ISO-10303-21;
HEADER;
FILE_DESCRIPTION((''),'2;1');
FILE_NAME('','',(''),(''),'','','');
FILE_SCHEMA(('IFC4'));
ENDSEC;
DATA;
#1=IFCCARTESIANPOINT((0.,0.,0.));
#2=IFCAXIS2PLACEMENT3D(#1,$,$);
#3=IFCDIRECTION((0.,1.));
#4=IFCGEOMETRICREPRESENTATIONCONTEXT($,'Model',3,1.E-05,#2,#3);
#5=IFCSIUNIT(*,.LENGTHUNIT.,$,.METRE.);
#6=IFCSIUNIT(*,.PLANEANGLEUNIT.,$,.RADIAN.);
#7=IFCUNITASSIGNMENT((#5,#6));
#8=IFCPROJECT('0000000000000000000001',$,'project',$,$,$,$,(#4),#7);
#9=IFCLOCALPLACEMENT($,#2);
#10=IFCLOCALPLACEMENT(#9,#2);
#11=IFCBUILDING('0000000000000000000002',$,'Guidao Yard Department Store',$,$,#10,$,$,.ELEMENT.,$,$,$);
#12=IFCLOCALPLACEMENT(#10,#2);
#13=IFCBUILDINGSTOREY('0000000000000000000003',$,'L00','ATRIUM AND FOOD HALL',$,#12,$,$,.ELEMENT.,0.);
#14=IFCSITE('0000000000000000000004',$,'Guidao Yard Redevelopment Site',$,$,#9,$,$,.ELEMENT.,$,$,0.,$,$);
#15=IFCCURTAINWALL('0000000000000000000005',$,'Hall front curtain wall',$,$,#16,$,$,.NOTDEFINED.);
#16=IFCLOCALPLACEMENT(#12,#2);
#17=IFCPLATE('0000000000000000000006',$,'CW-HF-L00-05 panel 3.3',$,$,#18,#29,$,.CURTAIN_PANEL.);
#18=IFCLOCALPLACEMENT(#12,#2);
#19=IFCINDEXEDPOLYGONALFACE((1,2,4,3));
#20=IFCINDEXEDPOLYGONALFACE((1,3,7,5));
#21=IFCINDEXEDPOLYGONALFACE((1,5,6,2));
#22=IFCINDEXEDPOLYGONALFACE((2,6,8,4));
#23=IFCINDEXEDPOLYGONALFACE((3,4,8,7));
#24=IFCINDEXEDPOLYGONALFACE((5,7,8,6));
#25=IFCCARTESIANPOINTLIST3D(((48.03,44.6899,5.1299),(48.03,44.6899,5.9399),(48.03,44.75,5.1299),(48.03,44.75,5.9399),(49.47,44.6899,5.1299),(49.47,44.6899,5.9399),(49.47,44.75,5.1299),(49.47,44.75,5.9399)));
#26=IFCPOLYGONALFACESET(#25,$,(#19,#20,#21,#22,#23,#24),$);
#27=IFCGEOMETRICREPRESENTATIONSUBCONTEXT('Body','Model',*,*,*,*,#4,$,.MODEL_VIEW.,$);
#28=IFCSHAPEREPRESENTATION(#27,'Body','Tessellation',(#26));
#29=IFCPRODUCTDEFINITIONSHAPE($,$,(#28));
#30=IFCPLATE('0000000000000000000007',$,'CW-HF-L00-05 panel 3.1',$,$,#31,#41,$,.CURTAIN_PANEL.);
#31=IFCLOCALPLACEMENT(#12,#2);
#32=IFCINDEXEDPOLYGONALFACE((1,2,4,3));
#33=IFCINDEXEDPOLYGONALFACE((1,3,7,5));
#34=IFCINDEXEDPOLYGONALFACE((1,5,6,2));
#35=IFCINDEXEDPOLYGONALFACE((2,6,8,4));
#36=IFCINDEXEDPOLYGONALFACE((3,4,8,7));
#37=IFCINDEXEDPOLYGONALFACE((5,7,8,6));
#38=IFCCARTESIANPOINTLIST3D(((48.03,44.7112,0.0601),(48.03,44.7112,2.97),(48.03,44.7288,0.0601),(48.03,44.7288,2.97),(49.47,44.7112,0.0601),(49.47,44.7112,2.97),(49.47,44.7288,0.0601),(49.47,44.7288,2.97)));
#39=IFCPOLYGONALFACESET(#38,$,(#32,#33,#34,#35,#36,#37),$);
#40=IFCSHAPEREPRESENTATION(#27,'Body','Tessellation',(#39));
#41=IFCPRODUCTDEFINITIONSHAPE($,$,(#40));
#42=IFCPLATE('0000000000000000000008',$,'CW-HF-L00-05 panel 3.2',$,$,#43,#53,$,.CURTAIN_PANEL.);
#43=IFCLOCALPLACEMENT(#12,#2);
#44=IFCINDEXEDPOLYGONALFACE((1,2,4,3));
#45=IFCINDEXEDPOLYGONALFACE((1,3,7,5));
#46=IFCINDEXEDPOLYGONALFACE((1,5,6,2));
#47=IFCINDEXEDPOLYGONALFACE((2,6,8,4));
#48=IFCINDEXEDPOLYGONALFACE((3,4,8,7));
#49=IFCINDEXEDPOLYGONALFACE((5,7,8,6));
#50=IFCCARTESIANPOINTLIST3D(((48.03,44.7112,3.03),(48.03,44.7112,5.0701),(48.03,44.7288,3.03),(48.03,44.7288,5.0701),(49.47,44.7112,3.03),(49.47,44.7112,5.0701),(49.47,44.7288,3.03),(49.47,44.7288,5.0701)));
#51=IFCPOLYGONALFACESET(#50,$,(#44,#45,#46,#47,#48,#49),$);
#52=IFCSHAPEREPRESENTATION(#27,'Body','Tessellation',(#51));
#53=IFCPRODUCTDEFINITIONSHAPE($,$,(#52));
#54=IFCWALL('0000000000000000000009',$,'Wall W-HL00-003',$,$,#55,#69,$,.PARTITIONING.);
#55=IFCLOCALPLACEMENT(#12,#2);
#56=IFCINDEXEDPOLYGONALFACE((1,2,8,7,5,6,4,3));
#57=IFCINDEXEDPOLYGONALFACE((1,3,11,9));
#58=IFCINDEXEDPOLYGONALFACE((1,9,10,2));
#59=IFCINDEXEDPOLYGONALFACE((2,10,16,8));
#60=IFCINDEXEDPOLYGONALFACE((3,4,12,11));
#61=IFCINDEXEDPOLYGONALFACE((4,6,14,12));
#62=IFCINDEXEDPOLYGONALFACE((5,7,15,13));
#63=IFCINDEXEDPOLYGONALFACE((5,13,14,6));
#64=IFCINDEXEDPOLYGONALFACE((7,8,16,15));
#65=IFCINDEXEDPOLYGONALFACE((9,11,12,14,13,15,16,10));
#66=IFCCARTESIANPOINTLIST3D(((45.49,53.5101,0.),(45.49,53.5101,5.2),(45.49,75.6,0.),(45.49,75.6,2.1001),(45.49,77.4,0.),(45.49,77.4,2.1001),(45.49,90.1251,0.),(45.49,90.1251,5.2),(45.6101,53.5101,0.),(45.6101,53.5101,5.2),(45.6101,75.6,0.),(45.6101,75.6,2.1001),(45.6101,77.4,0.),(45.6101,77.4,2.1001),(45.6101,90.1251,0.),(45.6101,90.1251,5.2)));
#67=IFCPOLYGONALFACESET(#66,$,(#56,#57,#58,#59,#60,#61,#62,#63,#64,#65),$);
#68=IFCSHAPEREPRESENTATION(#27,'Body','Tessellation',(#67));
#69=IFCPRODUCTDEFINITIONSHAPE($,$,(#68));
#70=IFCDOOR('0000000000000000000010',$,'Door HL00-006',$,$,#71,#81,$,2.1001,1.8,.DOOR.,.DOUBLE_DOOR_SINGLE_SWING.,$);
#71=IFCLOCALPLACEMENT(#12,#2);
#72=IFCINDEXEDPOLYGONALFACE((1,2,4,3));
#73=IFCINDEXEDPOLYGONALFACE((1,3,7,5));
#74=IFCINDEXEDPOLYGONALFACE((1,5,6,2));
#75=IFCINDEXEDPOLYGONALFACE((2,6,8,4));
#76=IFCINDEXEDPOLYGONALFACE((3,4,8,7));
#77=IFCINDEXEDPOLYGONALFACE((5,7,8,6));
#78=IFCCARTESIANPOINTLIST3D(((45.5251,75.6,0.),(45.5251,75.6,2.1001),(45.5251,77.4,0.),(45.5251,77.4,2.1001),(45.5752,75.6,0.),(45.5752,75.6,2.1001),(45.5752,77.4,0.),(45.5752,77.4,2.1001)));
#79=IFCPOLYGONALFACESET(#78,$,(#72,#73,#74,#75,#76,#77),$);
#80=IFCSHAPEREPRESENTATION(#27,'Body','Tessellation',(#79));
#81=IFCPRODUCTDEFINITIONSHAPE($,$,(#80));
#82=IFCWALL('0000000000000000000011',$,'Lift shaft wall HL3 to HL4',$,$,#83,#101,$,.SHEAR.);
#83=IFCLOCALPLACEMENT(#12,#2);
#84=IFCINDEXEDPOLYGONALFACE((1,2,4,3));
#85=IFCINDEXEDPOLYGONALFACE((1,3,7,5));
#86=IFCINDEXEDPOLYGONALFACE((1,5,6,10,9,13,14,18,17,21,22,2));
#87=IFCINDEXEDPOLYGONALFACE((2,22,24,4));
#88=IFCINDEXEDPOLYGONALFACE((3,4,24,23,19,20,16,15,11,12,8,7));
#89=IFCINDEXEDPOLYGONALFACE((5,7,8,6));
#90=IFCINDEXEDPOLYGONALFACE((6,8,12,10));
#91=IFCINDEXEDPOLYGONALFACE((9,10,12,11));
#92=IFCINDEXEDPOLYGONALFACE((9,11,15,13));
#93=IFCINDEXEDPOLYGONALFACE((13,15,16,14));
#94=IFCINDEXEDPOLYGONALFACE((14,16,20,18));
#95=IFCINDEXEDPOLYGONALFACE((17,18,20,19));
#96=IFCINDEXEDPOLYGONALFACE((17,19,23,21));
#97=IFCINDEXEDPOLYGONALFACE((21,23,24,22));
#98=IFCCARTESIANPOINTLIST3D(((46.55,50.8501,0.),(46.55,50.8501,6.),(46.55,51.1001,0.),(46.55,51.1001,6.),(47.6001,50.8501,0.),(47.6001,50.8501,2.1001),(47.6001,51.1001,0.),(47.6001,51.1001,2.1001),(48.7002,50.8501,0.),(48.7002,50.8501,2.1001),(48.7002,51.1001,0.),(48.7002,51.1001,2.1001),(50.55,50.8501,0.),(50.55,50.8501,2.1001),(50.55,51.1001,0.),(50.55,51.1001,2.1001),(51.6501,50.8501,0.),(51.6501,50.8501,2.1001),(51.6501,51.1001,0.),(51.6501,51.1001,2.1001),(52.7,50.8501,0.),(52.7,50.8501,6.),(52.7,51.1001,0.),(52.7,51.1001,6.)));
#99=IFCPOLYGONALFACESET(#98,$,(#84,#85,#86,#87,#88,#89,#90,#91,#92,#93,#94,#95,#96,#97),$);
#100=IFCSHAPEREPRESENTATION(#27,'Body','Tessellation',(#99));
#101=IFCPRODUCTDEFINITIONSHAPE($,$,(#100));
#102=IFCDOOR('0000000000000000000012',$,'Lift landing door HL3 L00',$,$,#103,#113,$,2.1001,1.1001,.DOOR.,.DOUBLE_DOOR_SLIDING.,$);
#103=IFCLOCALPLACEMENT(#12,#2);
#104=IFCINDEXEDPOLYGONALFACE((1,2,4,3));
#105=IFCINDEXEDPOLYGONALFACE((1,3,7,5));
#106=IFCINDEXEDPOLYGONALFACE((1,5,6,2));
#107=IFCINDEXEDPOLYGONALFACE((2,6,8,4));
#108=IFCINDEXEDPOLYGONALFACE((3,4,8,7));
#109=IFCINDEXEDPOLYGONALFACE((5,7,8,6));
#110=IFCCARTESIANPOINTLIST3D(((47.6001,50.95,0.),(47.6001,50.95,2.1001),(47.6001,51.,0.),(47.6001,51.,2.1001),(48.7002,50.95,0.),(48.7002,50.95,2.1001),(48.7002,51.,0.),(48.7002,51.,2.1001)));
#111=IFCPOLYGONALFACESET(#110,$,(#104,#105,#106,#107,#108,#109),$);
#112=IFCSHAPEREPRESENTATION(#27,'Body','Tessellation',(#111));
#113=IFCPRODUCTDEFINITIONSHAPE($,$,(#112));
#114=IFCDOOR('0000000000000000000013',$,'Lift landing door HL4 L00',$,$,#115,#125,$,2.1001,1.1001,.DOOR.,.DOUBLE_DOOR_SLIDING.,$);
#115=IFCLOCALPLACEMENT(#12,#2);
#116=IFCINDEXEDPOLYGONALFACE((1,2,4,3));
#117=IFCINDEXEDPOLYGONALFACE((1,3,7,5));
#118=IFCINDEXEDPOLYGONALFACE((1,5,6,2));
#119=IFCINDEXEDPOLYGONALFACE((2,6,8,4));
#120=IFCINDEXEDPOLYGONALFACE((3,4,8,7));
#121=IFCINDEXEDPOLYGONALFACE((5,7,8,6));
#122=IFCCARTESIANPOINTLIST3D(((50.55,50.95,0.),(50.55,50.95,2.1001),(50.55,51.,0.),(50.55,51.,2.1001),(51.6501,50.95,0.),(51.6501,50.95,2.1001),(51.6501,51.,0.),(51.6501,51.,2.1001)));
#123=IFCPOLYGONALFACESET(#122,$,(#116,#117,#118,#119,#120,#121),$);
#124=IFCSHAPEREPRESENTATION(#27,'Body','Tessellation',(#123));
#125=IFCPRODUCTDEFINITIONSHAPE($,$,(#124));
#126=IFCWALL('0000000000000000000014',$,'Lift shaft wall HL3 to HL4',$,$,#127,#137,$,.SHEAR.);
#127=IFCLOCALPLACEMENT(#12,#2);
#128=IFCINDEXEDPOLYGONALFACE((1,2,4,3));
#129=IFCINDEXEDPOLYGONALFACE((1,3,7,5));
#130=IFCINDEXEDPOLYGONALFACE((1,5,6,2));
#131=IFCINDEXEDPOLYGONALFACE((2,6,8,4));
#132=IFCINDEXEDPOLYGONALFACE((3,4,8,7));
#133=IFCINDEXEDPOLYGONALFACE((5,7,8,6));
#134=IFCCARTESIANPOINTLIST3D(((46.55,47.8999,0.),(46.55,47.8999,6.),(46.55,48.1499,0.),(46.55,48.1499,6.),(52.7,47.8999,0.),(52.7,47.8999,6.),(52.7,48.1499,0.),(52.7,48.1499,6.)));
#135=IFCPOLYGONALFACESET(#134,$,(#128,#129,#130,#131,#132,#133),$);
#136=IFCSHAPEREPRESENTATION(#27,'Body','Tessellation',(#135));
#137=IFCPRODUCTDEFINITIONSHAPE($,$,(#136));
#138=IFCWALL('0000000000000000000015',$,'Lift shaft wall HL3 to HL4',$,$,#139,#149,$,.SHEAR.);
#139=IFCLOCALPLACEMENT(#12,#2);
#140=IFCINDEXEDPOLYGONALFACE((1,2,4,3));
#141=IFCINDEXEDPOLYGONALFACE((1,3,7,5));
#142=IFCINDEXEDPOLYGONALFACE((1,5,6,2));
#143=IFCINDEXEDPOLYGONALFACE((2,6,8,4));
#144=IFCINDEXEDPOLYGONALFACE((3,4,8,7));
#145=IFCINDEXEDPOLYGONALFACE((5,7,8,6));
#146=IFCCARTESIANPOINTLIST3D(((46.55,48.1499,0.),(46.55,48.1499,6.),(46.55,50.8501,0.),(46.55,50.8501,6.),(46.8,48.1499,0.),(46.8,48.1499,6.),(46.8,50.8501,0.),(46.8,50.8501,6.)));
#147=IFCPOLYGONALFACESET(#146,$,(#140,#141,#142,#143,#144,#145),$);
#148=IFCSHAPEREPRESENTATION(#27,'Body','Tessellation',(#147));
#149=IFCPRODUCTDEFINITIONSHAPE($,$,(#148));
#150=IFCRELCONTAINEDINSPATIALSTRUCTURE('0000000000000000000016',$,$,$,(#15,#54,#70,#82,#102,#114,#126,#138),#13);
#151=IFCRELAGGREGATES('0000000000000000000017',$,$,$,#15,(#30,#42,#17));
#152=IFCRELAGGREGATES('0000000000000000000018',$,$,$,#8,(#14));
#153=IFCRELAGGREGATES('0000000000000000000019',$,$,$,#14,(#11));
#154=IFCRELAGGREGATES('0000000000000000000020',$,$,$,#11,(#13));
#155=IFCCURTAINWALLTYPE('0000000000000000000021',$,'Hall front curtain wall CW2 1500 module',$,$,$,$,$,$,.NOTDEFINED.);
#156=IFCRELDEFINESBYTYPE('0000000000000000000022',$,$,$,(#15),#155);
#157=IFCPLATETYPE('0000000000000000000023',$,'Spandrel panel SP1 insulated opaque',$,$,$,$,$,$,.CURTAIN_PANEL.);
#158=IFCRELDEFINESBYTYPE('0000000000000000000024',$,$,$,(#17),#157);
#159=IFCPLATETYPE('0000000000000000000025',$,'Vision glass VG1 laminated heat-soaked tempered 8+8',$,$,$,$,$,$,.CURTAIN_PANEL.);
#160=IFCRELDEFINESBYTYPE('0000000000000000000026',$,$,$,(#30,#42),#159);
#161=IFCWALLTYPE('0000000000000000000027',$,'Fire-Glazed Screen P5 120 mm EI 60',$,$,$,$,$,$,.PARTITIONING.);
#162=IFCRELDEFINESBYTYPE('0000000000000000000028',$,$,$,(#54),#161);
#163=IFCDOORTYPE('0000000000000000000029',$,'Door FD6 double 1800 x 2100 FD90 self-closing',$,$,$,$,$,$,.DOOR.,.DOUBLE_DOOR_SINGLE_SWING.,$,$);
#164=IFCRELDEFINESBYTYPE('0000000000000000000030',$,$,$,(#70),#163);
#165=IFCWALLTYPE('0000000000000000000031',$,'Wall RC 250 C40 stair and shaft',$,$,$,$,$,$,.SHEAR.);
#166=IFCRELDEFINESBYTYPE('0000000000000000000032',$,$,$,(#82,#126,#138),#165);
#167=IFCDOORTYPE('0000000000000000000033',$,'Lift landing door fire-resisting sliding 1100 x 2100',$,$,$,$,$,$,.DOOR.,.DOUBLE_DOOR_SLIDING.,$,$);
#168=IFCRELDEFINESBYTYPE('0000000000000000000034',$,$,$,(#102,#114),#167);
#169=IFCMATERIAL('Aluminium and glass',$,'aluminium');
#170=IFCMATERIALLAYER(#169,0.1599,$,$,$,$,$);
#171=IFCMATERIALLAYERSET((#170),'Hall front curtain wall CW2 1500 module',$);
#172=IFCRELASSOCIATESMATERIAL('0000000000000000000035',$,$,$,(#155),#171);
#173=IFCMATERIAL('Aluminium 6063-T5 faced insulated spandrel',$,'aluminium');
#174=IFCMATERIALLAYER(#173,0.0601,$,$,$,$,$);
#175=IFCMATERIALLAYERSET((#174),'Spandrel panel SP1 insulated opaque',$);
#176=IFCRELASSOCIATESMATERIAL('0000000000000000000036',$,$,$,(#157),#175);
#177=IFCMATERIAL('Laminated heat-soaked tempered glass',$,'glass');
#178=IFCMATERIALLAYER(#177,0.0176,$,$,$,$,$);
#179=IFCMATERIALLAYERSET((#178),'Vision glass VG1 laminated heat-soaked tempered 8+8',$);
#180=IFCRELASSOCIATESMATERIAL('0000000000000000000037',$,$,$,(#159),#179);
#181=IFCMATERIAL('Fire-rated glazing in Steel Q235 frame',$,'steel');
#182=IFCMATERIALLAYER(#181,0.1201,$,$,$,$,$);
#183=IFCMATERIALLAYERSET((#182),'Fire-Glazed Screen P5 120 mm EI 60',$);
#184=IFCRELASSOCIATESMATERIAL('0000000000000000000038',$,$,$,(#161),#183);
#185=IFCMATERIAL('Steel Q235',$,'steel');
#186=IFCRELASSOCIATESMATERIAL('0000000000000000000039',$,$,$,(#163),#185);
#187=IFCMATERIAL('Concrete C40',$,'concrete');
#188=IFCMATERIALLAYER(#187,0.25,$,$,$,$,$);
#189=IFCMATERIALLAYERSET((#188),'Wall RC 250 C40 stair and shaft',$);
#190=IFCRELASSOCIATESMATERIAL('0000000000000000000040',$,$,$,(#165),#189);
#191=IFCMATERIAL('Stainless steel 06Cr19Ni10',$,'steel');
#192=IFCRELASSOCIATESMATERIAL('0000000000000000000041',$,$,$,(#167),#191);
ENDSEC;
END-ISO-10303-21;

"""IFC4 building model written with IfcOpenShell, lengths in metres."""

from ifc_helpers import new_model, si_unit, direction, frame, frame_2d, origin, origin_2d, place, context, subcontext, project, spatial, rectangle, extrude, material, layer, layer_set, type_object, element, fill, aggregate, save


model = new_model("IFC4")

# Units and contexts
model_context = context("Model", 3, precision=1e-05, world=origin(), true_north=direction((0.0, 1.0)))
body_context = subcontext(model_context, "Body", "Model", "MODEL_VIEW")
ifc_project = project(units=[si_unit("LENGTHUNIT", "METRE"), si_unit("PLANEANGLEUNIT", "RADIAN")], contexts=[model_context])

# Site, building, storey
site_placement = place(None, origin())
site = spatial("IfcSite", under=ifc_project, at=site_placement, Name="Guidao Yard Redevelopment Site", CompositionType="ELEMENT", RefElevation=0.0)
building_placement = place(site_placement, origin())
building = spatial("IfcBuilding", under=site, at=building_placement, Name="Guidao Yard Department Store", CompositionType="ELEMENT")
storey_placement = place(building_placement, origin())
storey = spatial("IfcBuildingStorey", under=building, at=storey_placement, Name="L00", Description="ATRIUM AND FOOD HALL", CompositionType="ELEMENT", Elevation=0.0)

# Curtain wall
ifc_material_1 = material(Name="Aluminium and glass", Category="aluminium")
ifc_layer_1 = layer(ifc_material_1, 0.1599)
ifc_layer_set_1 = layer_set([ifc_layer_1], Name="Hall front curtain wall CW2 1500 module")
curtain_wall_type = type_object("IfcCurtainWallType", Name="Hall front curtain wall CW2 1500 module", PredefinedType="NOTDEFINED", material=ifc_layer_set_1)
curtain_wall_placement = place(storey_placement, origin())
curtain_wall = element("IfcCurtainWall", 1, at=curtain_wall_placement, inside=storey, type_object=curtain_wall_type, Name="Hall front curtain wall", PredefinedType="NOTDEFINED")

# Plates
ifc_material_2 = material(Name="Aluminium 6063-T5 faced insulated spandrel", Category="aluminium")
ifc_layer_2 = layer(ifc_material_2, 0.0601)
ifc_layer_set_2 = layer_set([ifc_layer_2], Name="Spandrel panel SP1 insulated opaque")
plate_type_1 = type_object("IfcPlateType", Name="Spandrel panel SP1 insulated opaque", PredefinedType="CURTAIN_PANEL", material=ifc_layer_set_2)
plate_1_placement = place(storey_placement, frame((48.75, 44.72, 5.1299), z_axis=(0.0, 0.0, 1.0), x_axis=(-1.0, 0.0, 0.0)))
plate_1 = element("IfcPlate", 2, at=plate_1_placement, type_object=plate_type_1, Name="CW-HF-L00-05 panel 3.3", PredefinedType="CURTAIN_PANEL", context=body_context, shape_type="SweptSolid", body=[
    extrude(rectangle(XDim=1.4399, YDim=0.0601, at=origin_2d()), origin(), (0.0, 0.0, 1.0), 0.8101),
])
ifc_material_3 = material(Name="Laminated heat-soaked tempered glass", Category="glass")
ifc_layer_3 = layer(ifc_material_3, 0.0176)
ifc_layer_set_3 = layer_set([ifc_layer_3], Name="Vision glass VG1 laminated heat-soaked tempered 8+8")
plate_type_2 = type_object("IfcPlateType", Name="Vision glass VG1 laminated heat-soaked tempered 8+8", PredefinedType="CURTAIN_PANEL", material=ifc_layer_set_3)
plate_2_placement = place(storey_placement, frame((48.75, 44.72, 0.0601), z_axis=(0.0, 0.0, 1.0), x_axis=(-1.0, 0.0, 0.0)))
plate_2 = element("IfcPlate", 3, at=plate_2_placement, type_object=plate_type_2, Name="CW-HF-L00-05 panel 3.1", PredefinedType="CURTAIN_PANEL", context=body_context, shape_type="SweptSolid", body=[
    extrude(rectangle(XDim=1.4399, YDim=0.0176, at=origin_2d()), origin(), (0.0, 0.0, 1.0), 2.9099),
])
plate_3_placement = place(storey_placement, frame((48.75, 44.72, 3.03), z_axis=(0.0, 0.0, 1.0), x_axis=(-1.0, 0.0, 0.0)))
plate_3 = element("IfcPlate", 4, at=plate_3_placement, type_object=plate_type_2, Name="CW-HF-L00-05 panel 3.2", PredefinedType="CURTAIN_PANEL", context=body_context, shape_type="SweptSolid", body=[
    extrude(rectangle(XDim=1.4399, YDim=0.0176, at=origin_2d()), origin(), (0.0, 0.0, 1.0), 2.04),
])
aggregate(curtain_wall, [plate_2, plate_3, plate_1])

# Wall, opening, door
ifc_material_4 = material(Name="Fire-rated glazing in Steel Q235 frame", Category="steel")
ifc_layer_4 = layer(ifc_material_4, 0.1201)
ifc_layer_set_4 = layer_set([ifc_layer_4], Name="Fire-Glazed Screen P5 120 mm EI 60")
wall_type_1 = type_object("IfcWallType", Name="Fire-Glazed Screen P5 120 mm EI 60", PredefinedType="PARTITIONING", material=ifc_layer_set_4)
wall_1_placement = place(storey_placement, frame((45.55, 53.51, 0.0), z_axis=(0.0, 0.0, 1.0), x_axis=(0.0, 1.0, 0.0)))
wall_1 = element("IfcWall", 5, at=wall_1_placement, inside=storey, type_object=wall_type_1, Name="Wall W-HL00-003", PredefinedType="PARTITIONING", context=body_context, shape_type="SweptSolid", body=[
    extrude(rectangle(XDim=36.615, YDim=0.1201, at=frame_2d((18.3076, 0.0))), origin(), (0.0, 0.0, 1.0), 5.2),
])
opening_1_placement = place(wall_1_placement, frame((22.0901, 0.0, 0.0)))
opening_1 = element("IfcOpeningElement", 6, at=opening_1_placement, cuts=wall_1, PredefinedType="OPENING", context=body_context, shape_type="SweptSolid", body=[
    extrude(rectangle(XDim=1.8, YDim=2.1001, at=frame_2d((0.8999, 1.05))), frame((0.0, 0.0701, 0.0), z_axis=(0.0, -1.0, 0.0), x_axis=(1.0, 0.0, 0.0)), (0.0, 0.0, 1.0), 0.1401),
])
ifc_material_5 = material(Name="Steel Q235", Category="steel")
door_type_1 = type_object("IfcDoorType", Name="Door FD6 double 1800 x 2100 FD90 self-closing", OperationType="DOUBLE_DOOR_SINGLE_SWING", PredefinedType="DOOR", material=ifc_material_5)
door_1_placement = place(opening_1_placement, origin())
door_1 = element("IfcDoor", 7, at=door_1_placement, inside=storey, type_object=door_type_1, Name="Door HL00-006", OperationType="DOUBLE_DOOR_SINGLE_SWING", OverallHeight=2.1001, OverallWidth=1.8, PredefinedType="DOOR", context=body_context, shape_type="SweptSolid", body=[
    extrude(rectangle(XDim=1.8, YDim=2.1001, at=frame_2d((0.8999, 1.05))), frame((0.0, 0.0249, 0.0), z_axis=(0.0, -1.0, 0.0), x_axis=(1.0, 0.0, 0.0)), (0.0, 0.0, 1.0), 0.05),
])
fill(opening_1, door_1)

# Wall, openings, doors
ifc_material_6 = material(Name="Concrete C40", Category="concrete")
ifc_layer_5 = layer(ifc_material_6, 0.25)
ifc_layer_set_5 = layer_set([ifc_layer_5], Name="Wall RC 250 C40 stair and shaft")
wall_type_2 = type_object("IfcWallType", Name="Wall RC 250 C40 stair and shaft", PredefinedType="SHEAR", material=ifc_layer_set_5)
wall_2_placement = place(storey_placement, frame((46.55, 50.9751, 0.0), z_axis=(0.0, 0.0, 1.0), x_axis=(1.0, 0.0, 0.0)))
wall_2 = element("IfcWall", 8, at=wall_2_placement, inside=storey, type_object=wall_type_2, Name="Lift shaft wall HL3 to HL4", PredefinedType="SHEAR", context=body_context, shape_type="SweptSolid", body=[
    extrude(rectangle(XDim=6.1499, YDim=0.25, at=frame_2d((3.075, 0.0))), origin(), (0.0, 0.0, 1.0), 6.0),
])
opening_2_placement = place(wall_2_placement, frame((1.05, 0.0, 0.0)))
opening_2 = element("IfcOpeningElement", 9, at=opening_2_placement, cuts=wall_2, PredefinedType="OPENING", context=body_context, shape_type="SweptSolid", body=[
    extrude(rectangle(XDim=1.1001, YDim=2.1001, at=frame_2d((0.55, 1.05))), frame((0.0, 0.135, 0.0), z_axis=(0.0, -1.0, 0.0), x_axis=(1.0, 0.0, 0.0)), (0.0, 0.0, 1.0), 0.27),
])
opening_3_placement = place(wall_2_placement, frame((4.0, 0.0, 0.0)))
opening_3 = element("IfcOpeningElement", 10, at=opening_3_placement, cuts=wall_2, PredefinedType="OPENING", context=body_context, shape_type="SweptSolid", body=[
    extrude(rectangle(XDim=1.1001, YDim=2.1001, at=frame_2d((0.55, 1.05))), frame((0.0, 0.135, 0.0), z_axis=(0.0, -1.0, 0.0), x_axis=(1.0, 0.0, 0.0)), (0.0, 0.0, 1.0), 0.27),
])
ifc_material_7 = material(Name="Stainless steel 06Cr19Ni10", Category="steel")
door_type_2 = type_object("IfcDoorType", Name="Lift landing door fire-resisting sliding 1100 x 2100", OperationType="DOUBLE_DOOR_SLIDING", PredefinedType="DOOR", material=ifc_material_7)
door_2_placement = place(opening_2_placement, origin())
door_2 = element("IfcDoor", 11, at=door_2_placement, inside=storey, type_object=door_type_2, Name="Lift landing door HL3 L00", OperationType="DOUBLE_DOOR_SLIDING", OverallHeight=2.1001, OverallWidth=1.1001, PredefinedType="DOOR", context=body_context, shape_type="SweptSolid", body=[
    extrude(rectangle(XDim=1.1001, YDim=2.1001, at=frame_2d((0.55, 1.05))), frame((0.0, 0.0249, 0.0), z_axis=(0.0, -1.0, 0.0), x_axis=(1.0, 0.0, 0.0)), (0.0, 0.0, 1.0), 0.05),
])
fill(opening_2, door_2)
door_3_placement = place(opening_3_placement, origin())
door_3 = element("IfcDoor", 12, at=door_3_placement, inside=storey, type_object=door_type_2, Name="Lift landing door HL4 L00", OperationType="DOUBLE_DOOR_SLIDING", OverallHeight=2.1001, OverallWidth=1.1001, PredefinedType="DOOR", context=body_context, shape_type="SweptSolid", body=[
    extrude(rectangle(XDim=1.1001, YDim=2.1001, at=frame_2d((0.55, 1.05))), frame((0.0, 0.0249, 0.0), z_axis=(0.0, -1.0, 0.0), x_axis=(1.0, 0.0, 0.0)), (0.0, 0.0, 1.0), 0.05),
])
fill(opening_3, door_3)

# Walls
wall_3_placement = place(storey_placement, frame((46.55, 48.0249, 0.0), z_axis=(0.0, 0.0, 1.0), x_axis=(1.0, 0.0, 0.0)))
element("IfcWall", 13, at=wall_3_placement, inside=storey, type_object=wall_type_2, Name="Lift shaft wall HL3 to HL4", PredefinedType="SHEAR", context=body_context, shape_type="SweptSolid", body=[
    extrude(rectangle(XDim=6.1499, YDim=0.25, at=frame_2d((3.075, 0.0))), origin(), (0.0, 0.0, 1.0), 6.0),
])
wall_4_placement = place(storey_placement, frame((46.675, 48.1499, 0.0), z_axis=(0.0, 0.0, 1.0), x_axis=(0.0, 1.0, 0.0)))
element("IfcWall", 14, at=wall_4_placement, inside=storey, type_object=wall_type_2, Name="Lift shaft wall HL3 to HL4", PredefinedType="SHEAR", context=body_context, shape_type="SweptSolid", body=[
    extrude(rectangle(XDim=2.7002, YDim=0.25, at=frame_2d((1.3501, 0.0))), origin(), (0.0, 0.0, 1.0), 6.0),
])

save(model, "model.ifc")
